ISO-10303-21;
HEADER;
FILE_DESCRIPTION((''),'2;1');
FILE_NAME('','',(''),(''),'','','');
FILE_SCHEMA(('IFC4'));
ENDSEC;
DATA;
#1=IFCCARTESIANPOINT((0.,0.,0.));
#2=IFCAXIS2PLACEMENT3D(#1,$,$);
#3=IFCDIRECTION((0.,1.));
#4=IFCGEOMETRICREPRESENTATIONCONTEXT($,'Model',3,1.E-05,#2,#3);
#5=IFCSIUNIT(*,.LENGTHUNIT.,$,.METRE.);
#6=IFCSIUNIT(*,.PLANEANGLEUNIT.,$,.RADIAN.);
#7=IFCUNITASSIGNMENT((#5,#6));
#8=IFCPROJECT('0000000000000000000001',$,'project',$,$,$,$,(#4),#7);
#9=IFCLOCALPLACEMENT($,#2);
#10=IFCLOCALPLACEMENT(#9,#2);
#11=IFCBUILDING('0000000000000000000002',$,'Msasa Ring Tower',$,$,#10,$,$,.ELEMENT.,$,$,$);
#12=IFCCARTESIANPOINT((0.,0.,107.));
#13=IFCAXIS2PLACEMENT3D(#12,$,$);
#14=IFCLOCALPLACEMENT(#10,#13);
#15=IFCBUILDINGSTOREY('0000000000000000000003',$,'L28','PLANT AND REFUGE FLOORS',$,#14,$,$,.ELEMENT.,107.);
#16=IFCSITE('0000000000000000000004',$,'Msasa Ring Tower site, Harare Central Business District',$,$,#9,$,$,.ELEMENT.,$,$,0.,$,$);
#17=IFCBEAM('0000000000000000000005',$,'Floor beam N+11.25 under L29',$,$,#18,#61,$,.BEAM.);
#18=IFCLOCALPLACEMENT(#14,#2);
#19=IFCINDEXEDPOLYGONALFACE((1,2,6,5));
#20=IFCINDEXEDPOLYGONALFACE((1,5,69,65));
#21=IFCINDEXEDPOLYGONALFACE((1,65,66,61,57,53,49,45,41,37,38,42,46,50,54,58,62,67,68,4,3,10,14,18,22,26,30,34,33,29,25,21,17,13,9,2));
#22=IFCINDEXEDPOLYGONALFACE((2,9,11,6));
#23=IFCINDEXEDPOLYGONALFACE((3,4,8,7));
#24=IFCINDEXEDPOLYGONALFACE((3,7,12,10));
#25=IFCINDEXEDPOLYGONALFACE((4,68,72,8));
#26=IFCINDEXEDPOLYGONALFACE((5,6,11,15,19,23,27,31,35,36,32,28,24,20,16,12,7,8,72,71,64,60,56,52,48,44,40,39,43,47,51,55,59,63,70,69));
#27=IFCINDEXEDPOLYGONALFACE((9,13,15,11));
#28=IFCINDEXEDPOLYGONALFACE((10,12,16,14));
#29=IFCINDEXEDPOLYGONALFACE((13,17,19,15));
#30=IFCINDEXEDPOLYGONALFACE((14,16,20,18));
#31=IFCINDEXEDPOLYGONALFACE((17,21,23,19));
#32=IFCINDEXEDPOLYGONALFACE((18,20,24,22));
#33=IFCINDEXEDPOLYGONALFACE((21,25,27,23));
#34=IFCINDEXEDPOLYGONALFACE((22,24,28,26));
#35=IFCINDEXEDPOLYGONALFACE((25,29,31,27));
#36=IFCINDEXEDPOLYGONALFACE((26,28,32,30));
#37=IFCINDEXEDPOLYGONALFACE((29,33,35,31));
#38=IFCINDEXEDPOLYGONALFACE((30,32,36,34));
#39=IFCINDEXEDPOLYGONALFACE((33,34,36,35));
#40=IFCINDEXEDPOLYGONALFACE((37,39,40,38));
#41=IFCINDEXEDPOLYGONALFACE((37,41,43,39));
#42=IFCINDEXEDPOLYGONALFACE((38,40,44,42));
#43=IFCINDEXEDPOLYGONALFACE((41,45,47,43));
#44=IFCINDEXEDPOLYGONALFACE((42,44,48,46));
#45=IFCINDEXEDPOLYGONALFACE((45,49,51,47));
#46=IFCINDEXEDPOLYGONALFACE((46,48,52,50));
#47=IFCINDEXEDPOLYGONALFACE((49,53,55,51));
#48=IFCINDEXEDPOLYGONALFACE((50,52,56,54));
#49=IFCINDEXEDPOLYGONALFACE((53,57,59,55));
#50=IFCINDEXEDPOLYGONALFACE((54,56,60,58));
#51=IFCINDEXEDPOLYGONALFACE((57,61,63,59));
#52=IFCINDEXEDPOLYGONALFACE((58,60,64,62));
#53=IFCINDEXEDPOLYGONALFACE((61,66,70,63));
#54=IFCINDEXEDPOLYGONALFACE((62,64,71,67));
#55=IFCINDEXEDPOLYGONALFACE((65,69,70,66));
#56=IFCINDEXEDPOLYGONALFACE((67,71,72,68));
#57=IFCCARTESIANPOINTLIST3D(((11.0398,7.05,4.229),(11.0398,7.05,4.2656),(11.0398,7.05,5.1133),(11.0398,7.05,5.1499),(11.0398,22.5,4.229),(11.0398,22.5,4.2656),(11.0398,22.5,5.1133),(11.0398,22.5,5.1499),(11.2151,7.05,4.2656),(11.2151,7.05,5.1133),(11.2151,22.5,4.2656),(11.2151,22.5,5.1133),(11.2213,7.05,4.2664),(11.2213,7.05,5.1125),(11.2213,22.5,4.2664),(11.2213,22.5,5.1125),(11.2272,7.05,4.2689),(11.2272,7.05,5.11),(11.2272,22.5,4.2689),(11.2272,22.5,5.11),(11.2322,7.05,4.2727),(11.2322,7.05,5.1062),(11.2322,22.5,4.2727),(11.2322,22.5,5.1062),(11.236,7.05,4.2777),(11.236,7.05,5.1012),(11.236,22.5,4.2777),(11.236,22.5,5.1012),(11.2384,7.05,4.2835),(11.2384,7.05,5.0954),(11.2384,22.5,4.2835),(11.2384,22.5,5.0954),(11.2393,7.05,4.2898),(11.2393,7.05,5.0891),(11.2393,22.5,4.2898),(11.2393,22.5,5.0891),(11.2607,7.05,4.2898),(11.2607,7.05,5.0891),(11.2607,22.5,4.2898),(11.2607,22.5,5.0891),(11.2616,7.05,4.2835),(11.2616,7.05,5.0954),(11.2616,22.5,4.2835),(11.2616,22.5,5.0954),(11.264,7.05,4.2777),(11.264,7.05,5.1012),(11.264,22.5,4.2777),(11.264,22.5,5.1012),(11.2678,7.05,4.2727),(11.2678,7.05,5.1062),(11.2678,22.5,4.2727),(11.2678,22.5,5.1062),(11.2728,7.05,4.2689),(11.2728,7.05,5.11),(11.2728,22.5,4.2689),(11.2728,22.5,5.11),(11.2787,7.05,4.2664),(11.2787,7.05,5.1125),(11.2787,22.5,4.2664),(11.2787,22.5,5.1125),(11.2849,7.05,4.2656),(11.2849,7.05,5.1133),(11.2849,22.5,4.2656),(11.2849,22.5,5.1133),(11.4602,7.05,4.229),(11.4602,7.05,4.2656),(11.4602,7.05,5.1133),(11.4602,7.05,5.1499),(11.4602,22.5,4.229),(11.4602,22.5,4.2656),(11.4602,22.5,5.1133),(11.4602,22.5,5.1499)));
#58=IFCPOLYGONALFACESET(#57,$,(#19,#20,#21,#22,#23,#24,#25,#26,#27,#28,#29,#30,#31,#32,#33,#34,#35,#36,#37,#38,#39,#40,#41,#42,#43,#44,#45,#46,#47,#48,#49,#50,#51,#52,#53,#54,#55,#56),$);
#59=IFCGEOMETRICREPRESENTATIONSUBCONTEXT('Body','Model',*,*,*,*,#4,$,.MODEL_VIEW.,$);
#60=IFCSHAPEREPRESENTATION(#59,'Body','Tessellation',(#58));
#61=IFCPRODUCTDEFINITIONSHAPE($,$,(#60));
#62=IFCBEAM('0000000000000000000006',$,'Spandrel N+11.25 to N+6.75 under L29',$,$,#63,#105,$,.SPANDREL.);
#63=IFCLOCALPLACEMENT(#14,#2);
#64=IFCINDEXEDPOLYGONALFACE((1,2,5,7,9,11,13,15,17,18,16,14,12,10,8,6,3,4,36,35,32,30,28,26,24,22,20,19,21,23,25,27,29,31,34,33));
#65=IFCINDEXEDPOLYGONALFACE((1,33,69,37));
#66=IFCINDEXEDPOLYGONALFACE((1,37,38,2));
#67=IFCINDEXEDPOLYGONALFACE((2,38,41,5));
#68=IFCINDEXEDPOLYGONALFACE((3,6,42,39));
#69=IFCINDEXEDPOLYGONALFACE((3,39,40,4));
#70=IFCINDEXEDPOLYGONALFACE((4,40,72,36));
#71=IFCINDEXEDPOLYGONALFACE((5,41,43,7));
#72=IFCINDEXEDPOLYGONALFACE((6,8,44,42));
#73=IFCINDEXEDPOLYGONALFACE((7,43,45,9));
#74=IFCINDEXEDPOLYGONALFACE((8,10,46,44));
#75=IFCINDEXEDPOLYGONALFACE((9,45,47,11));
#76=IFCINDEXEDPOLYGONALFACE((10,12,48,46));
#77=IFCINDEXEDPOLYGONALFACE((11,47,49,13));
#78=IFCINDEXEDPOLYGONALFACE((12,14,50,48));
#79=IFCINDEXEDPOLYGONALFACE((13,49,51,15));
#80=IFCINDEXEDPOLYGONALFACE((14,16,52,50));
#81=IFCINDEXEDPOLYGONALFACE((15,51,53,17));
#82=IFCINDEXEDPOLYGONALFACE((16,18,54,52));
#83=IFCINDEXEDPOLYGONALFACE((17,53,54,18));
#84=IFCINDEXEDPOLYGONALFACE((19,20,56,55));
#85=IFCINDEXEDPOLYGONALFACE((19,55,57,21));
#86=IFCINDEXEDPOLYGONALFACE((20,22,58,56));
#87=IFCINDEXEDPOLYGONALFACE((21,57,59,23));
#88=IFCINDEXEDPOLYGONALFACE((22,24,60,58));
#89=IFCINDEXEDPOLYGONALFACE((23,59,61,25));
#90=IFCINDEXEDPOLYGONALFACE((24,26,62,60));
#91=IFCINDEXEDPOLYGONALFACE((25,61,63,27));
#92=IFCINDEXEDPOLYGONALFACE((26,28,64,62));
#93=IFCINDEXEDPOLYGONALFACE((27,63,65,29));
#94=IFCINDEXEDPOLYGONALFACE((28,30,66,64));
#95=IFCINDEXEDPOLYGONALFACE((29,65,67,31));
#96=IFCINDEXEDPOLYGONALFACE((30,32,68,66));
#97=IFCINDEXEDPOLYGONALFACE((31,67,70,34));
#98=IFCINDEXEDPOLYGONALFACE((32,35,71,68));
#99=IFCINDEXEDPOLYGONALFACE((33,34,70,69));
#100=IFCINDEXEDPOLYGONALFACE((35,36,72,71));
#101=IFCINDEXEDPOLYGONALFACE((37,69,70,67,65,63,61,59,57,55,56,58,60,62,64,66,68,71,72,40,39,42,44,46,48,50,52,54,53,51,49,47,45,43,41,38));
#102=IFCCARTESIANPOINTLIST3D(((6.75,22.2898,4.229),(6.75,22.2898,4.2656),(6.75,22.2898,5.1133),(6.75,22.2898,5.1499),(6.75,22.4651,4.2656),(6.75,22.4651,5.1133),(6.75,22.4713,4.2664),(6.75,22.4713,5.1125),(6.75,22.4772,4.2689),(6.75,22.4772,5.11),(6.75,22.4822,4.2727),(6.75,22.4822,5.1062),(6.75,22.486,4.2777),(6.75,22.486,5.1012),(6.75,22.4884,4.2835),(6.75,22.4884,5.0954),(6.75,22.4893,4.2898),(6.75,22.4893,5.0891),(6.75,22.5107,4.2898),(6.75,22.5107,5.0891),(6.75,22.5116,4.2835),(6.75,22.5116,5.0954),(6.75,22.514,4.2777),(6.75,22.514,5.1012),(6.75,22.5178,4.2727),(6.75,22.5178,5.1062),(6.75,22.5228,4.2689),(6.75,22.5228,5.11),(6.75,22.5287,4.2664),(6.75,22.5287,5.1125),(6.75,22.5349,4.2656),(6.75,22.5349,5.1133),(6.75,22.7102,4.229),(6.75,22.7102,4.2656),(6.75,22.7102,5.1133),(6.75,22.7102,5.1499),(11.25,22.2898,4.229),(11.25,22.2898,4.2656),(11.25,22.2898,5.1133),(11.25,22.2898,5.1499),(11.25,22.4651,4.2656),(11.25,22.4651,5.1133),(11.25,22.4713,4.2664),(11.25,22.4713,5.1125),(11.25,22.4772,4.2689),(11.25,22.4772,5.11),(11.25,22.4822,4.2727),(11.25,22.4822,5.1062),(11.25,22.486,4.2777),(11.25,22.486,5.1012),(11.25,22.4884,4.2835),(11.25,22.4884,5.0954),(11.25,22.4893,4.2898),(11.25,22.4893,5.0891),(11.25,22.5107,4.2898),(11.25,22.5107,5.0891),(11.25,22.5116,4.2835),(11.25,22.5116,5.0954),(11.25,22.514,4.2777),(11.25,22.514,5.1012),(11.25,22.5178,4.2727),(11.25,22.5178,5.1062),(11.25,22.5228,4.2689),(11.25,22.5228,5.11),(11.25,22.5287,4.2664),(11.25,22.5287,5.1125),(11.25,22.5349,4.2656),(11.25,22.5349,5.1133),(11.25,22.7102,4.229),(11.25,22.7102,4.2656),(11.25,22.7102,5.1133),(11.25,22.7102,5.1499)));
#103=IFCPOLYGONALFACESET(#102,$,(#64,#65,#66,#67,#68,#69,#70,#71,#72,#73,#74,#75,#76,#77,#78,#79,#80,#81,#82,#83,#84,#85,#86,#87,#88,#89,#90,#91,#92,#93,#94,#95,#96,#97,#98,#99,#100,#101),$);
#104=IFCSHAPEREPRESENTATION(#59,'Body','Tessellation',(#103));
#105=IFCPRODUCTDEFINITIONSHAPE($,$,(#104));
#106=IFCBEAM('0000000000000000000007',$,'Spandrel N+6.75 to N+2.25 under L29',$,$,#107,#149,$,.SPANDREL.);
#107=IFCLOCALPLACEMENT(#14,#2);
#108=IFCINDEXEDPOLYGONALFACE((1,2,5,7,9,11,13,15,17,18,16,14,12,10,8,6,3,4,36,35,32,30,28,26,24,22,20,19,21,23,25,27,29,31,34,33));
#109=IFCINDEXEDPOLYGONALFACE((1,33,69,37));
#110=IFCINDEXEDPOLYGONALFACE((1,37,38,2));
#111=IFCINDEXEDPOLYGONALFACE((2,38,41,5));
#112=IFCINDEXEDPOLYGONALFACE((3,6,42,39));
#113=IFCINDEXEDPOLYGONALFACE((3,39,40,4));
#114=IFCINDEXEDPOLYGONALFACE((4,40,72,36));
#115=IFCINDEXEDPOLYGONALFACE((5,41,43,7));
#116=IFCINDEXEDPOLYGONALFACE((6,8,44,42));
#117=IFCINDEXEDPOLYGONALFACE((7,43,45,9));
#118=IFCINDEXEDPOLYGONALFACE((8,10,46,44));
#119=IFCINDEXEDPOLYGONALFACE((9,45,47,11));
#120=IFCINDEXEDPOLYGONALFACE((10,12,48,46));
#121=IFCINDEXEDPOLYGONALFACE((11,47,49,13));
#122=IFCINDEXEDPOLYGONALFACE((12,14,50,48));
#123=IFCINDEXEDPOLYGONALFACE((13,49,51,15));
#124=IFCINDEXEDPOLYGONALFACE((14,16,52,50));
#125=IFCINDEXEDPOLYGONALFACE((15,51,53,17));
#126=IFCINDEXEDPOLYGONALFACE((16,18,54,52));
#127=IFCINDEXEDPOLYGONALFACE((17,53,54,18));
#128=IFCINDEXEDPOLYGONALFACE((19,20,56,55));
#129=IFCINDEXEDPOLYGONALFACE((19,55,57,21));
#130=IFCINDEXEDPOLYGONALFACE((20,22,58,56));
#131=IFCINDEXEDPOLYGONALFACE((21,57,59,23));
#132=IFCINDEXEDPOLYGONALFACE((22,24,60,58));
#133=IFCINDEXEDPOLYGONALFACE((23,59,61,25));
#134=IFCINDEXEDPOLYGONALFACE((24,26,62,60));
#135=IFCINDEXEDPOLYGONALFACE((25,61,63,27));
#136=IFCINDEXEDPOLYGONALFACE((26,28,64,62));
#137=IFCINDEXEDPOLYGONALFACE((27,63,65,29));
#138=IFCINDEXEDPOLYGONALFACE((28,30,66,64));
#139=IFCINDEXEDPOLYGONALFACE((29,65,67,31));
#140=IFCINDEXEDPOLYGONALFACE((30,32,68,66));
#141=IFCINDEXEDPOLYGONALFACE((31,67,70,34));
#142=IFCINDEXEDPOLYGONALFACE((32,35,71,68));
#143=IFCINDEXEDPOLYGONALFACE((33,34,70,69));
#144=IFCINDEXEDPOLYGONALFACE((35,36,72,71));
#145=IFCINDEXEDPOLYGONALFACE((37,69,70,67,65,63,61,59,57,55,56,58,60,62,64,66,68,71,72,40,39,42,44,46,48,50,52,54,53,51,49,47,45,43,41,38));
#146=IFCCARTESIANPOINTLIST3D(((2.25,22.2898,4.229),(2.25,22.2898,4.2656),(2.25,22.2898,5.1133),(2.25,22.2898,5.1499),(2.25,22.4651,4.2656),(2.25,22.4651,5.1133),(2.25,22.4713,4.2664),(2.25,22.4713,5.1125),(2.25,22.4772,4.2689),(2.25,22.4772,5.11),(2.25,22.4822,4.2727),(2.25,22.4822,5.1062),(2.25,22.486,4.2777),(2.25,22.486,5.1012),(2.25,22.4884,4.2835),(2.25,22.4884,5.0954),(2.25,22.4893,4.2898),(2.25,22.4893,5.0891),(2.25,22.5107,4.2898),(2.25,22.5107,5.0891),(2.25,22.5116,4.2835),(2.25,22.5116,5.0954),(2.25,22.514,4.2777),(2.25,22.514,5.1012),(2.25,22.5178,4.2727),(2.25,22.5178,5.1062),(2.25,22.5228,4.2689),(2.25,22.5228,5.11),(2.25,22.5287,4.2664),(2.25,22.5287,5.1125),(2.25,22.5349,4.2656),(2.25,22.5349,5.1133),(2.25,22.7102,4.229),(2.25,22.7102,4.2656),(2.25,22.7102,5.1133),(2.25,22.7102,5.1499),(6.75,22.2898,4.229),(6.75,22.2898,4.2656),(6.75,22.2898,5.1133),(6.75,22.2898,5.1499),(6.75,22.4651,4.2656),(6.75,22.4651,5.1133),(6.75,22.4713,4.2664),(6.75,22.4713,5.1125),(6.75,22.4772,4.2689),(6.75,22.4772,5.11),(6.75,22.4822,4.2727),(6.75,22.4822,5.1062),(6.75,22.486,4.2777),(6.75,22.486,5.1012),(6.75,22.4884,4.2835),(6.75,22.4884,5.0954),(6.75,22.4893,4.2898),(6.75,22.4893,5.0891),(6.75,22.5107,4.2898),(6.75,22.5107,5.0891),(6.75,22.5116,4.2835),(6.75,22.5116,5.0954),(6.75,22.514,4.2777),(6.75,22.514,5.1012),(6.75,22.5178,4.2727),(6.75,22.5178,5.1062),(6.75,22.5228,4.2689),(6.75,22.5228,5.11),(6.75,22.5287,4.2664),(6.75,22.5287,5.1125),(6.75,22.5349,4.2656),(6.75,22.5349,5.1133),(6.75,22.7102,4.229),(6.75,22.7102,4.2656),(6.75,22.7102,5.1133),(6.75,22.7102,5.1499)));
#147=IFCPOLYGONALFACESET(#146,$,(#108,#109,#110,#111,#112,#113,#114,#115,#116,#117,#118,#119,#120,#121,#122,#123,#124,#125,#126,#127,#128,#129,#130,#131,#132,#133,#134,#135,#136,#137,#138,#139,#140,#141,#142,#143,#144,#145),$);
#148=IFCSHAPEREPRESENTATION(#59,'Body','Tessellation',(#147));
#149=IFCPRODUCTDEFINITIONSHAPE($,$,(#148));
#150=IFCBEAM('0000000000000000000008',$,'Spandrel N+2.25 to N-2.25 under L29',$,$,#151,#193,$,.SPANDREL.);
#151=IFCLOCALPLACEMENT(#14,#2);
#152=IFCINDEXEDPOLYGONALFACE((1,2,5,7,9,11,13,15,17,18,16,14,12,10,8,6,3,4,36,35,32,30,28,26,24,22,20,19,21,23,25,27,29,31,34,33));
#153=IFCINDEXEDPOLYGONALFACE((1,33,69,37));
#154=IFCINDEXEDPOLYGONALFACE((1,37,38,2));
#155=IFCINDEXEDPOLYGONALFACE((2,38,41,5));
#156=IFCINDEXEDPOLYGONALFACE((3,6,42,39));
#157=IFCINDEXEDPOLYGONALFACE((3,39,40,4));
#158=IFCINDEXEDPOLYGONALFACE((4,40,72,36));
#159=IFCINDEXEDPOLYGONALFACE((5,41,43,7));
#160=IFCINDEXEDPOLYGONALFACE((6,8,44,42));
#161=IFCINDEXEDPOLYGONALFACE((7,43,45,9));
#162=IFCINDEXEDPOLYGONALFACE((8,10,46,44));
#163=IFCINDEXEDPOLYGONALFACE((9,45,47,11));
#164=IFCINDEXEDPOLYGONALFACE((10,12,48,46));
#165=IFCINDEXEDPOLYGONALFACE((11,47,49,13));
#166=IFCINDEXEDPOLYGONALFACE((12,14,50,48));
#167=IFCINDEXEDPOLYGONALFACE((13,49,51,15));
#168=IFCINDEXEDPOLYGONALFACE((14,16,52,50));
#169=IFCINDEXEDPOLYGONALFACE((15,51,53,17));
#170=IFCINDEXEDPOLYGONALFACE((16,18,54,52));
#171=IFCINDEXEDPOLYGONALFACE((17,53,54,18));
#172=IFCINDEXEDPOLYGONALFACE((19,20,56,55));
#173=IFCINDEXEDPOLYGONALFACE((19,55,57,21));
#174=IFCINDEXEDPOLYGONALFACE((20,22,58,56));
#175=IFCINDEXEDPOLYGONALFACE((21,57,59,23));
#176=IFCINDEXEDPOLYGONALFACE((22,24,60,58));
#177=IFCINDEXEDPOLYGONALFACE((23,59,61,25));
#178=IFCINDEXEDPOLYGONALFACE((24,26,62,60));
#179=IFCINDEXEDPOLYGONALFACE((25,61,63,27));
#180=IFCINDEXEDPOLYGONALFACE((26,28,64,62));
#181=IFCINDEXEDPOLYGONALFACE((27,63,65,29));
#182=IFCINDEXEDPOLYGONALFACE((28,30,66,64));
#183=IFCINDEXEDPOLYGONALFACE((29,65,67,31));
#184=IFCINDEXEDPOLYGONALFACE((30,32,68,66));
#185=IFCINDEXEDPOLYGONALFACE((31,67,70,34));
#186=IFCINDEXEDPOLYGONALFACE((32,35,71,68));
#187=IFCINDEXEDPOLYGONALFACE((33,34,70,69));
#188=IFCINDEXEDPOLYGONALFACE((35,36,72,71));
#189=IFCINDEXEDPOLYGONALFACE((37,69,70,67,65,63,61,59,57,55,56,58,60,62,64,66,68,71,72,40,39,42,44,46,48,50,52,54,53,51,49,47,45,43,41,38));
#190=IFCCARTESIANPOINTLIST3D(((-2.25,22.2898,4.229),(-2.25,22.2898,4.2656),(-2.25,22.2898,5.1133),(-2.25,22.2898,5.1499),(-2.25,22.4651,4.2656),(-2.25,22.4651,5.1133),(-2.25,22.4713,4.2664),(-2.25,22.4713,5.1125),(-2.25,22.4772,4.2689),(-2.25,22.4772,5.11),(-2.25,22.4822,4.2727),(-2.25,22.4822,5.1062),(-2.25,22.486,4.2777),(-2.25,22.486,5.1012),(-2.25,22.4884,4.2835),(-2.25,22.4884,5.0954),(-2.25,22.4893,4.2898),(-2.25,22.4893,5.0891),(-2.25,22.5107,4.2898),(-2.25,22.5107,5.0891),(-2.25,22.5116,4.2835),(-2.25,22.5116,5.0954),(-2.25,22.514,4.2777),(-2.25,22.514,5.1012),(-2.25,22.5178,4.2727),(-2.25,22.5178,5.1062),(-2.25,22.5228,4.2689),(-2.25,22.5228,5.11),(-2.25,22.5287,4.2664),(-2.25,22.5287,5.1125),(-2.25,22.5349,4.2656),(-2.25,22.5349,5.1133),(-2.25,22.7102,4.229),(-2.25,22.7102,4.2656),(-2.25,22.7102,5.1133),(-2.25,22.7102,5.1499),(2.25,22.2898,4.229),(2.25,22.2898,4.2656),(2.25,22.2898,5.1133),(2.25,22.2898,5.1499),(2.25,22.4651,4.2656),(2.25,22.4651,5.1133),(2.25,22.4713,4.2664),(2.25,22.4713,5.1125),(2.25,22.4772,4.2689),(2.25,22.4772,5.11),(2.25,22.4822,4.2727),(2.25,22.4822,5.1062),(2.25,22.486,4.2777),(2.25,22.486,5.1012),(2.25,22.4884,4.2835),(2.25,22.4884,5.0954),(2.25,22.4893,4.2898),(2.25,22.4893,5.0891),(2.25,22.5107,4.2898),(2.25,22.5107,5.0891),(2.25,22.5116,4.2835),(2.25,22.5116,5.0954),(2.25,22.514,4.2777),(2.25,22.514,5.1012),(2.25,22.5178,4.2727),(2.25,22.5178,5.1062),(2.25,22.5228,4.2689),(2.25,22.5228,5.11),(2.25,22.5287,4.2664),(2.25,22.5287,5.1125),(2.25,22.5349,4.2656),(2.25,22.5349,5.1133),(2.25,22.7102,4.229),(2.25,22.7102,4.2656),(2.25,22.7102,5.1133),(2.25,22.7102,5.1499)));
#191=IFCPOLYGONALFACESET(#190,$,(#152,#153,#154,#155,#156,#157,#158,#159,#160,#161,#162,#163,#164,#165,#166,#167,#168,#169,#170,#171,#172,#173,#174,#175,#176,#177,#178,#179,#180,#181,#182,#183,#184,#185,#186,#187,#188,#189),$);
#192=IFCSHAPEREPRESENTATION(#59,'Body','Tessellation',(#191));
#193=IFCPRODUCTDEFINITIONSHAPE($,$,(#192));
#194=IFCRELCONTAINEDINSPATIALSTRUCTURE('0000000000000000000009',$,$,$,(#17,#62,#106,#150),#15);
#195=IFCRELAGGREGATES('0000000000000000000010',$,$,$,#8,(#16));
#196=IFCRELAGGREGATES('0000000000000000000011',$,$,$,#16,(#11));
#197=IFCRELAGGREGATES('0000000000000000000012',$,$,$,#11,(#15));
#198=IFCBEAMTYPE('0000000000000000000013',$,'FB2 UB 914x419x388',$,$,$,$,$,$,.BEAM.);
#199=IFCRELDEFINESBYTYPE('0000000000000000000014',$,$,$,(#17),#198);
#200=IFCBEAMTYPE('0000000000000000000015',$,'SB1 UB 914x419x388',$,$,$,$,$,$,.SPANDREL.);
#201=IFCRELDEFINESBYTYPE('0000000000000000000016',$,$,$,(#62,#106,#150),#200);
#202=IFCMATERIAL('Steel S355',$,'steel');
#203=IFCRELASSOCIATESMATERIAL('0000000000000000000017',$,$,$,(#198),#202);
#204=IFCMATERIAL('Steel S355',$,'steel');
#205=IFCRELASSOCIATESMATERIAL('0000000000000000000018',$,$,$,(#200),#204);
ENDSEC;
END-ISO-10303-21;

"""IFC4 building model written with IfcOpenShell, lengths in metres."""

from ifc_helpers import new_model, si_unit, direction, frame, origin, origin_2d, place, context, subcontext, project, spatial, i_section, extrude, material, material_profile, profile_set, type_object, element, save


model = new_model("IFC4")

# Units and contexts
model_context = context("Model", 3, precision=1e-05, world=origin(), true_north=direction((0.0, 1.0)))
body_context = subcontext(model_context, "Body", "Model", "MODEL_VIEW")
ifc_project = project(units=[si_unit("LENGTHUNIT", "METRE"), si_unit("PLANEANGLEUNIT", "RADIAN")], contexts=[model_context])

# Site, building, storey
site_placement = place(None, origin())
site = spatial("IfcSite", under=ifc_project, at=site_placement, Name="Msasa Ring Tower site, Harare Central Business District", CompositionType="ELEMENT", RefElevation=0.0)
building_placement = place(site_placement, origin())
building = spatial("IfcBuilding", under=site, at=building_placement, Name="Msasa Ring Tower", CompositionType="ELEMENT")
storey_placement = place(building_placement, frame((0.0, 0.0, 107.0)))
storey = spatial("IfcBuildingStorey", under=building, at=storey_placement, Name="L28", Description="PLANT AND REFUGE FLOORS", CompositionType="ELEMENT", Elevation=107.0)

# Beams
ifc_material_1 = material(Name="Steel S355", Category="steel")
ifc_material_profile_1 = material_profile(ifc_material_1, i_section(OverallWidth=0.4204, OverallDepth=0.9209, WebThickness=0.0215, FlangeThickness=0.0366, FilletRadius=0.0242, at=origin_2d()), Name="UB 914x419x388")
ifc_profile_set_1 = profile_set([ifc_material_profile_1], Name="Steel S355")
beam_type_1 = type_object("IfcBeamType", Name="FB2 UB 914x419x388", PredefinedType="BEAM", material=ifc_profile_set_1)
beam_placement = place(storey_placement, frame((11.25, 22.5, 4.6895), z_axis=(0.0, -1.0, 0.0), x_axis=(1.0, 0.0, 0.0)))
element("IfcBeam", 1, at=beam_placement, inside=storey, type_object=beam_type_1, Name="Floor beam N+11.25 under L29", PredefinedType="BEAM", context=body_context, shape_type="SweptSolid", body=[
    extrude(i_section(OverallWidth=0.4204, OverallDepth=0.9209, WebThickness=0.0215, FlangeThickness=0.0366, FilletRadius=0.0242, at=origin_2d()), origin(), (0.0, 0.0, 1.0), 15.45),
])
ifc_material_2 = material(Name="Steel S355", Category="steel")
ifc_material_profile_2 = material_profile(ifc_material_2, i_section(OverallWidth=0.4204, OverallDepth=0.9209, WebThickness=0.0215, FlangeThickness=0.0366, FilletRadius=0.0242, at=origin_2d()), Name="UB 914x419x388")
ifc_profile_set_2 = profile_set([ifc_material_profile_2], Name="Steel S355")
beam_type_2 = type_object("IfcBeamType", Name="SB1 UB 914x419x388", PredefinedType="SPANDREL", material=ifc_profile_set_2)
for number, where, z_axis, x_axis, name in (
    (2, (11.25, 22.5, 4.6895), (-1.0, 0.0, 0.0), (0.0, -1.0, 0.0), "Spandrel N+11.25 to N+6.75 under L29"),
    (3, (6.75, 22.5, 4.6895), (-1.0, 0.0, 0.0), (0.0, -1.0, 0.0), "Spandrel N+6.75 to N+2.25 under L29"),
    (4, (2.25, 22.5, 4.6895), (-1.0, 0.0, 0.0), (0.0, -1.0, 0.0), "Spandrel N+2.25 to N-2.25 under L29"),
):
    element("IfcBeam", number, at=place(storey_placement, frame(where, z_axis=z_axis, x_axis=x_axis)), inside=storey, type_object=beam_type_2, Name=name, PredefinedType="SPANDREL", context=body_context, shape_type="SweptSolid", body=[
        extrude(i_section(OverallWidth=0.4204, OverallDepth=0.9209, WebThickness=0.0215, FlangeThickness=0.0366, FilletRadius=0.0242, at=origin_2d()), origin(), (0.0, 0.0, 1.0), 4.5),
    ])

save(model, "model.ifc")
